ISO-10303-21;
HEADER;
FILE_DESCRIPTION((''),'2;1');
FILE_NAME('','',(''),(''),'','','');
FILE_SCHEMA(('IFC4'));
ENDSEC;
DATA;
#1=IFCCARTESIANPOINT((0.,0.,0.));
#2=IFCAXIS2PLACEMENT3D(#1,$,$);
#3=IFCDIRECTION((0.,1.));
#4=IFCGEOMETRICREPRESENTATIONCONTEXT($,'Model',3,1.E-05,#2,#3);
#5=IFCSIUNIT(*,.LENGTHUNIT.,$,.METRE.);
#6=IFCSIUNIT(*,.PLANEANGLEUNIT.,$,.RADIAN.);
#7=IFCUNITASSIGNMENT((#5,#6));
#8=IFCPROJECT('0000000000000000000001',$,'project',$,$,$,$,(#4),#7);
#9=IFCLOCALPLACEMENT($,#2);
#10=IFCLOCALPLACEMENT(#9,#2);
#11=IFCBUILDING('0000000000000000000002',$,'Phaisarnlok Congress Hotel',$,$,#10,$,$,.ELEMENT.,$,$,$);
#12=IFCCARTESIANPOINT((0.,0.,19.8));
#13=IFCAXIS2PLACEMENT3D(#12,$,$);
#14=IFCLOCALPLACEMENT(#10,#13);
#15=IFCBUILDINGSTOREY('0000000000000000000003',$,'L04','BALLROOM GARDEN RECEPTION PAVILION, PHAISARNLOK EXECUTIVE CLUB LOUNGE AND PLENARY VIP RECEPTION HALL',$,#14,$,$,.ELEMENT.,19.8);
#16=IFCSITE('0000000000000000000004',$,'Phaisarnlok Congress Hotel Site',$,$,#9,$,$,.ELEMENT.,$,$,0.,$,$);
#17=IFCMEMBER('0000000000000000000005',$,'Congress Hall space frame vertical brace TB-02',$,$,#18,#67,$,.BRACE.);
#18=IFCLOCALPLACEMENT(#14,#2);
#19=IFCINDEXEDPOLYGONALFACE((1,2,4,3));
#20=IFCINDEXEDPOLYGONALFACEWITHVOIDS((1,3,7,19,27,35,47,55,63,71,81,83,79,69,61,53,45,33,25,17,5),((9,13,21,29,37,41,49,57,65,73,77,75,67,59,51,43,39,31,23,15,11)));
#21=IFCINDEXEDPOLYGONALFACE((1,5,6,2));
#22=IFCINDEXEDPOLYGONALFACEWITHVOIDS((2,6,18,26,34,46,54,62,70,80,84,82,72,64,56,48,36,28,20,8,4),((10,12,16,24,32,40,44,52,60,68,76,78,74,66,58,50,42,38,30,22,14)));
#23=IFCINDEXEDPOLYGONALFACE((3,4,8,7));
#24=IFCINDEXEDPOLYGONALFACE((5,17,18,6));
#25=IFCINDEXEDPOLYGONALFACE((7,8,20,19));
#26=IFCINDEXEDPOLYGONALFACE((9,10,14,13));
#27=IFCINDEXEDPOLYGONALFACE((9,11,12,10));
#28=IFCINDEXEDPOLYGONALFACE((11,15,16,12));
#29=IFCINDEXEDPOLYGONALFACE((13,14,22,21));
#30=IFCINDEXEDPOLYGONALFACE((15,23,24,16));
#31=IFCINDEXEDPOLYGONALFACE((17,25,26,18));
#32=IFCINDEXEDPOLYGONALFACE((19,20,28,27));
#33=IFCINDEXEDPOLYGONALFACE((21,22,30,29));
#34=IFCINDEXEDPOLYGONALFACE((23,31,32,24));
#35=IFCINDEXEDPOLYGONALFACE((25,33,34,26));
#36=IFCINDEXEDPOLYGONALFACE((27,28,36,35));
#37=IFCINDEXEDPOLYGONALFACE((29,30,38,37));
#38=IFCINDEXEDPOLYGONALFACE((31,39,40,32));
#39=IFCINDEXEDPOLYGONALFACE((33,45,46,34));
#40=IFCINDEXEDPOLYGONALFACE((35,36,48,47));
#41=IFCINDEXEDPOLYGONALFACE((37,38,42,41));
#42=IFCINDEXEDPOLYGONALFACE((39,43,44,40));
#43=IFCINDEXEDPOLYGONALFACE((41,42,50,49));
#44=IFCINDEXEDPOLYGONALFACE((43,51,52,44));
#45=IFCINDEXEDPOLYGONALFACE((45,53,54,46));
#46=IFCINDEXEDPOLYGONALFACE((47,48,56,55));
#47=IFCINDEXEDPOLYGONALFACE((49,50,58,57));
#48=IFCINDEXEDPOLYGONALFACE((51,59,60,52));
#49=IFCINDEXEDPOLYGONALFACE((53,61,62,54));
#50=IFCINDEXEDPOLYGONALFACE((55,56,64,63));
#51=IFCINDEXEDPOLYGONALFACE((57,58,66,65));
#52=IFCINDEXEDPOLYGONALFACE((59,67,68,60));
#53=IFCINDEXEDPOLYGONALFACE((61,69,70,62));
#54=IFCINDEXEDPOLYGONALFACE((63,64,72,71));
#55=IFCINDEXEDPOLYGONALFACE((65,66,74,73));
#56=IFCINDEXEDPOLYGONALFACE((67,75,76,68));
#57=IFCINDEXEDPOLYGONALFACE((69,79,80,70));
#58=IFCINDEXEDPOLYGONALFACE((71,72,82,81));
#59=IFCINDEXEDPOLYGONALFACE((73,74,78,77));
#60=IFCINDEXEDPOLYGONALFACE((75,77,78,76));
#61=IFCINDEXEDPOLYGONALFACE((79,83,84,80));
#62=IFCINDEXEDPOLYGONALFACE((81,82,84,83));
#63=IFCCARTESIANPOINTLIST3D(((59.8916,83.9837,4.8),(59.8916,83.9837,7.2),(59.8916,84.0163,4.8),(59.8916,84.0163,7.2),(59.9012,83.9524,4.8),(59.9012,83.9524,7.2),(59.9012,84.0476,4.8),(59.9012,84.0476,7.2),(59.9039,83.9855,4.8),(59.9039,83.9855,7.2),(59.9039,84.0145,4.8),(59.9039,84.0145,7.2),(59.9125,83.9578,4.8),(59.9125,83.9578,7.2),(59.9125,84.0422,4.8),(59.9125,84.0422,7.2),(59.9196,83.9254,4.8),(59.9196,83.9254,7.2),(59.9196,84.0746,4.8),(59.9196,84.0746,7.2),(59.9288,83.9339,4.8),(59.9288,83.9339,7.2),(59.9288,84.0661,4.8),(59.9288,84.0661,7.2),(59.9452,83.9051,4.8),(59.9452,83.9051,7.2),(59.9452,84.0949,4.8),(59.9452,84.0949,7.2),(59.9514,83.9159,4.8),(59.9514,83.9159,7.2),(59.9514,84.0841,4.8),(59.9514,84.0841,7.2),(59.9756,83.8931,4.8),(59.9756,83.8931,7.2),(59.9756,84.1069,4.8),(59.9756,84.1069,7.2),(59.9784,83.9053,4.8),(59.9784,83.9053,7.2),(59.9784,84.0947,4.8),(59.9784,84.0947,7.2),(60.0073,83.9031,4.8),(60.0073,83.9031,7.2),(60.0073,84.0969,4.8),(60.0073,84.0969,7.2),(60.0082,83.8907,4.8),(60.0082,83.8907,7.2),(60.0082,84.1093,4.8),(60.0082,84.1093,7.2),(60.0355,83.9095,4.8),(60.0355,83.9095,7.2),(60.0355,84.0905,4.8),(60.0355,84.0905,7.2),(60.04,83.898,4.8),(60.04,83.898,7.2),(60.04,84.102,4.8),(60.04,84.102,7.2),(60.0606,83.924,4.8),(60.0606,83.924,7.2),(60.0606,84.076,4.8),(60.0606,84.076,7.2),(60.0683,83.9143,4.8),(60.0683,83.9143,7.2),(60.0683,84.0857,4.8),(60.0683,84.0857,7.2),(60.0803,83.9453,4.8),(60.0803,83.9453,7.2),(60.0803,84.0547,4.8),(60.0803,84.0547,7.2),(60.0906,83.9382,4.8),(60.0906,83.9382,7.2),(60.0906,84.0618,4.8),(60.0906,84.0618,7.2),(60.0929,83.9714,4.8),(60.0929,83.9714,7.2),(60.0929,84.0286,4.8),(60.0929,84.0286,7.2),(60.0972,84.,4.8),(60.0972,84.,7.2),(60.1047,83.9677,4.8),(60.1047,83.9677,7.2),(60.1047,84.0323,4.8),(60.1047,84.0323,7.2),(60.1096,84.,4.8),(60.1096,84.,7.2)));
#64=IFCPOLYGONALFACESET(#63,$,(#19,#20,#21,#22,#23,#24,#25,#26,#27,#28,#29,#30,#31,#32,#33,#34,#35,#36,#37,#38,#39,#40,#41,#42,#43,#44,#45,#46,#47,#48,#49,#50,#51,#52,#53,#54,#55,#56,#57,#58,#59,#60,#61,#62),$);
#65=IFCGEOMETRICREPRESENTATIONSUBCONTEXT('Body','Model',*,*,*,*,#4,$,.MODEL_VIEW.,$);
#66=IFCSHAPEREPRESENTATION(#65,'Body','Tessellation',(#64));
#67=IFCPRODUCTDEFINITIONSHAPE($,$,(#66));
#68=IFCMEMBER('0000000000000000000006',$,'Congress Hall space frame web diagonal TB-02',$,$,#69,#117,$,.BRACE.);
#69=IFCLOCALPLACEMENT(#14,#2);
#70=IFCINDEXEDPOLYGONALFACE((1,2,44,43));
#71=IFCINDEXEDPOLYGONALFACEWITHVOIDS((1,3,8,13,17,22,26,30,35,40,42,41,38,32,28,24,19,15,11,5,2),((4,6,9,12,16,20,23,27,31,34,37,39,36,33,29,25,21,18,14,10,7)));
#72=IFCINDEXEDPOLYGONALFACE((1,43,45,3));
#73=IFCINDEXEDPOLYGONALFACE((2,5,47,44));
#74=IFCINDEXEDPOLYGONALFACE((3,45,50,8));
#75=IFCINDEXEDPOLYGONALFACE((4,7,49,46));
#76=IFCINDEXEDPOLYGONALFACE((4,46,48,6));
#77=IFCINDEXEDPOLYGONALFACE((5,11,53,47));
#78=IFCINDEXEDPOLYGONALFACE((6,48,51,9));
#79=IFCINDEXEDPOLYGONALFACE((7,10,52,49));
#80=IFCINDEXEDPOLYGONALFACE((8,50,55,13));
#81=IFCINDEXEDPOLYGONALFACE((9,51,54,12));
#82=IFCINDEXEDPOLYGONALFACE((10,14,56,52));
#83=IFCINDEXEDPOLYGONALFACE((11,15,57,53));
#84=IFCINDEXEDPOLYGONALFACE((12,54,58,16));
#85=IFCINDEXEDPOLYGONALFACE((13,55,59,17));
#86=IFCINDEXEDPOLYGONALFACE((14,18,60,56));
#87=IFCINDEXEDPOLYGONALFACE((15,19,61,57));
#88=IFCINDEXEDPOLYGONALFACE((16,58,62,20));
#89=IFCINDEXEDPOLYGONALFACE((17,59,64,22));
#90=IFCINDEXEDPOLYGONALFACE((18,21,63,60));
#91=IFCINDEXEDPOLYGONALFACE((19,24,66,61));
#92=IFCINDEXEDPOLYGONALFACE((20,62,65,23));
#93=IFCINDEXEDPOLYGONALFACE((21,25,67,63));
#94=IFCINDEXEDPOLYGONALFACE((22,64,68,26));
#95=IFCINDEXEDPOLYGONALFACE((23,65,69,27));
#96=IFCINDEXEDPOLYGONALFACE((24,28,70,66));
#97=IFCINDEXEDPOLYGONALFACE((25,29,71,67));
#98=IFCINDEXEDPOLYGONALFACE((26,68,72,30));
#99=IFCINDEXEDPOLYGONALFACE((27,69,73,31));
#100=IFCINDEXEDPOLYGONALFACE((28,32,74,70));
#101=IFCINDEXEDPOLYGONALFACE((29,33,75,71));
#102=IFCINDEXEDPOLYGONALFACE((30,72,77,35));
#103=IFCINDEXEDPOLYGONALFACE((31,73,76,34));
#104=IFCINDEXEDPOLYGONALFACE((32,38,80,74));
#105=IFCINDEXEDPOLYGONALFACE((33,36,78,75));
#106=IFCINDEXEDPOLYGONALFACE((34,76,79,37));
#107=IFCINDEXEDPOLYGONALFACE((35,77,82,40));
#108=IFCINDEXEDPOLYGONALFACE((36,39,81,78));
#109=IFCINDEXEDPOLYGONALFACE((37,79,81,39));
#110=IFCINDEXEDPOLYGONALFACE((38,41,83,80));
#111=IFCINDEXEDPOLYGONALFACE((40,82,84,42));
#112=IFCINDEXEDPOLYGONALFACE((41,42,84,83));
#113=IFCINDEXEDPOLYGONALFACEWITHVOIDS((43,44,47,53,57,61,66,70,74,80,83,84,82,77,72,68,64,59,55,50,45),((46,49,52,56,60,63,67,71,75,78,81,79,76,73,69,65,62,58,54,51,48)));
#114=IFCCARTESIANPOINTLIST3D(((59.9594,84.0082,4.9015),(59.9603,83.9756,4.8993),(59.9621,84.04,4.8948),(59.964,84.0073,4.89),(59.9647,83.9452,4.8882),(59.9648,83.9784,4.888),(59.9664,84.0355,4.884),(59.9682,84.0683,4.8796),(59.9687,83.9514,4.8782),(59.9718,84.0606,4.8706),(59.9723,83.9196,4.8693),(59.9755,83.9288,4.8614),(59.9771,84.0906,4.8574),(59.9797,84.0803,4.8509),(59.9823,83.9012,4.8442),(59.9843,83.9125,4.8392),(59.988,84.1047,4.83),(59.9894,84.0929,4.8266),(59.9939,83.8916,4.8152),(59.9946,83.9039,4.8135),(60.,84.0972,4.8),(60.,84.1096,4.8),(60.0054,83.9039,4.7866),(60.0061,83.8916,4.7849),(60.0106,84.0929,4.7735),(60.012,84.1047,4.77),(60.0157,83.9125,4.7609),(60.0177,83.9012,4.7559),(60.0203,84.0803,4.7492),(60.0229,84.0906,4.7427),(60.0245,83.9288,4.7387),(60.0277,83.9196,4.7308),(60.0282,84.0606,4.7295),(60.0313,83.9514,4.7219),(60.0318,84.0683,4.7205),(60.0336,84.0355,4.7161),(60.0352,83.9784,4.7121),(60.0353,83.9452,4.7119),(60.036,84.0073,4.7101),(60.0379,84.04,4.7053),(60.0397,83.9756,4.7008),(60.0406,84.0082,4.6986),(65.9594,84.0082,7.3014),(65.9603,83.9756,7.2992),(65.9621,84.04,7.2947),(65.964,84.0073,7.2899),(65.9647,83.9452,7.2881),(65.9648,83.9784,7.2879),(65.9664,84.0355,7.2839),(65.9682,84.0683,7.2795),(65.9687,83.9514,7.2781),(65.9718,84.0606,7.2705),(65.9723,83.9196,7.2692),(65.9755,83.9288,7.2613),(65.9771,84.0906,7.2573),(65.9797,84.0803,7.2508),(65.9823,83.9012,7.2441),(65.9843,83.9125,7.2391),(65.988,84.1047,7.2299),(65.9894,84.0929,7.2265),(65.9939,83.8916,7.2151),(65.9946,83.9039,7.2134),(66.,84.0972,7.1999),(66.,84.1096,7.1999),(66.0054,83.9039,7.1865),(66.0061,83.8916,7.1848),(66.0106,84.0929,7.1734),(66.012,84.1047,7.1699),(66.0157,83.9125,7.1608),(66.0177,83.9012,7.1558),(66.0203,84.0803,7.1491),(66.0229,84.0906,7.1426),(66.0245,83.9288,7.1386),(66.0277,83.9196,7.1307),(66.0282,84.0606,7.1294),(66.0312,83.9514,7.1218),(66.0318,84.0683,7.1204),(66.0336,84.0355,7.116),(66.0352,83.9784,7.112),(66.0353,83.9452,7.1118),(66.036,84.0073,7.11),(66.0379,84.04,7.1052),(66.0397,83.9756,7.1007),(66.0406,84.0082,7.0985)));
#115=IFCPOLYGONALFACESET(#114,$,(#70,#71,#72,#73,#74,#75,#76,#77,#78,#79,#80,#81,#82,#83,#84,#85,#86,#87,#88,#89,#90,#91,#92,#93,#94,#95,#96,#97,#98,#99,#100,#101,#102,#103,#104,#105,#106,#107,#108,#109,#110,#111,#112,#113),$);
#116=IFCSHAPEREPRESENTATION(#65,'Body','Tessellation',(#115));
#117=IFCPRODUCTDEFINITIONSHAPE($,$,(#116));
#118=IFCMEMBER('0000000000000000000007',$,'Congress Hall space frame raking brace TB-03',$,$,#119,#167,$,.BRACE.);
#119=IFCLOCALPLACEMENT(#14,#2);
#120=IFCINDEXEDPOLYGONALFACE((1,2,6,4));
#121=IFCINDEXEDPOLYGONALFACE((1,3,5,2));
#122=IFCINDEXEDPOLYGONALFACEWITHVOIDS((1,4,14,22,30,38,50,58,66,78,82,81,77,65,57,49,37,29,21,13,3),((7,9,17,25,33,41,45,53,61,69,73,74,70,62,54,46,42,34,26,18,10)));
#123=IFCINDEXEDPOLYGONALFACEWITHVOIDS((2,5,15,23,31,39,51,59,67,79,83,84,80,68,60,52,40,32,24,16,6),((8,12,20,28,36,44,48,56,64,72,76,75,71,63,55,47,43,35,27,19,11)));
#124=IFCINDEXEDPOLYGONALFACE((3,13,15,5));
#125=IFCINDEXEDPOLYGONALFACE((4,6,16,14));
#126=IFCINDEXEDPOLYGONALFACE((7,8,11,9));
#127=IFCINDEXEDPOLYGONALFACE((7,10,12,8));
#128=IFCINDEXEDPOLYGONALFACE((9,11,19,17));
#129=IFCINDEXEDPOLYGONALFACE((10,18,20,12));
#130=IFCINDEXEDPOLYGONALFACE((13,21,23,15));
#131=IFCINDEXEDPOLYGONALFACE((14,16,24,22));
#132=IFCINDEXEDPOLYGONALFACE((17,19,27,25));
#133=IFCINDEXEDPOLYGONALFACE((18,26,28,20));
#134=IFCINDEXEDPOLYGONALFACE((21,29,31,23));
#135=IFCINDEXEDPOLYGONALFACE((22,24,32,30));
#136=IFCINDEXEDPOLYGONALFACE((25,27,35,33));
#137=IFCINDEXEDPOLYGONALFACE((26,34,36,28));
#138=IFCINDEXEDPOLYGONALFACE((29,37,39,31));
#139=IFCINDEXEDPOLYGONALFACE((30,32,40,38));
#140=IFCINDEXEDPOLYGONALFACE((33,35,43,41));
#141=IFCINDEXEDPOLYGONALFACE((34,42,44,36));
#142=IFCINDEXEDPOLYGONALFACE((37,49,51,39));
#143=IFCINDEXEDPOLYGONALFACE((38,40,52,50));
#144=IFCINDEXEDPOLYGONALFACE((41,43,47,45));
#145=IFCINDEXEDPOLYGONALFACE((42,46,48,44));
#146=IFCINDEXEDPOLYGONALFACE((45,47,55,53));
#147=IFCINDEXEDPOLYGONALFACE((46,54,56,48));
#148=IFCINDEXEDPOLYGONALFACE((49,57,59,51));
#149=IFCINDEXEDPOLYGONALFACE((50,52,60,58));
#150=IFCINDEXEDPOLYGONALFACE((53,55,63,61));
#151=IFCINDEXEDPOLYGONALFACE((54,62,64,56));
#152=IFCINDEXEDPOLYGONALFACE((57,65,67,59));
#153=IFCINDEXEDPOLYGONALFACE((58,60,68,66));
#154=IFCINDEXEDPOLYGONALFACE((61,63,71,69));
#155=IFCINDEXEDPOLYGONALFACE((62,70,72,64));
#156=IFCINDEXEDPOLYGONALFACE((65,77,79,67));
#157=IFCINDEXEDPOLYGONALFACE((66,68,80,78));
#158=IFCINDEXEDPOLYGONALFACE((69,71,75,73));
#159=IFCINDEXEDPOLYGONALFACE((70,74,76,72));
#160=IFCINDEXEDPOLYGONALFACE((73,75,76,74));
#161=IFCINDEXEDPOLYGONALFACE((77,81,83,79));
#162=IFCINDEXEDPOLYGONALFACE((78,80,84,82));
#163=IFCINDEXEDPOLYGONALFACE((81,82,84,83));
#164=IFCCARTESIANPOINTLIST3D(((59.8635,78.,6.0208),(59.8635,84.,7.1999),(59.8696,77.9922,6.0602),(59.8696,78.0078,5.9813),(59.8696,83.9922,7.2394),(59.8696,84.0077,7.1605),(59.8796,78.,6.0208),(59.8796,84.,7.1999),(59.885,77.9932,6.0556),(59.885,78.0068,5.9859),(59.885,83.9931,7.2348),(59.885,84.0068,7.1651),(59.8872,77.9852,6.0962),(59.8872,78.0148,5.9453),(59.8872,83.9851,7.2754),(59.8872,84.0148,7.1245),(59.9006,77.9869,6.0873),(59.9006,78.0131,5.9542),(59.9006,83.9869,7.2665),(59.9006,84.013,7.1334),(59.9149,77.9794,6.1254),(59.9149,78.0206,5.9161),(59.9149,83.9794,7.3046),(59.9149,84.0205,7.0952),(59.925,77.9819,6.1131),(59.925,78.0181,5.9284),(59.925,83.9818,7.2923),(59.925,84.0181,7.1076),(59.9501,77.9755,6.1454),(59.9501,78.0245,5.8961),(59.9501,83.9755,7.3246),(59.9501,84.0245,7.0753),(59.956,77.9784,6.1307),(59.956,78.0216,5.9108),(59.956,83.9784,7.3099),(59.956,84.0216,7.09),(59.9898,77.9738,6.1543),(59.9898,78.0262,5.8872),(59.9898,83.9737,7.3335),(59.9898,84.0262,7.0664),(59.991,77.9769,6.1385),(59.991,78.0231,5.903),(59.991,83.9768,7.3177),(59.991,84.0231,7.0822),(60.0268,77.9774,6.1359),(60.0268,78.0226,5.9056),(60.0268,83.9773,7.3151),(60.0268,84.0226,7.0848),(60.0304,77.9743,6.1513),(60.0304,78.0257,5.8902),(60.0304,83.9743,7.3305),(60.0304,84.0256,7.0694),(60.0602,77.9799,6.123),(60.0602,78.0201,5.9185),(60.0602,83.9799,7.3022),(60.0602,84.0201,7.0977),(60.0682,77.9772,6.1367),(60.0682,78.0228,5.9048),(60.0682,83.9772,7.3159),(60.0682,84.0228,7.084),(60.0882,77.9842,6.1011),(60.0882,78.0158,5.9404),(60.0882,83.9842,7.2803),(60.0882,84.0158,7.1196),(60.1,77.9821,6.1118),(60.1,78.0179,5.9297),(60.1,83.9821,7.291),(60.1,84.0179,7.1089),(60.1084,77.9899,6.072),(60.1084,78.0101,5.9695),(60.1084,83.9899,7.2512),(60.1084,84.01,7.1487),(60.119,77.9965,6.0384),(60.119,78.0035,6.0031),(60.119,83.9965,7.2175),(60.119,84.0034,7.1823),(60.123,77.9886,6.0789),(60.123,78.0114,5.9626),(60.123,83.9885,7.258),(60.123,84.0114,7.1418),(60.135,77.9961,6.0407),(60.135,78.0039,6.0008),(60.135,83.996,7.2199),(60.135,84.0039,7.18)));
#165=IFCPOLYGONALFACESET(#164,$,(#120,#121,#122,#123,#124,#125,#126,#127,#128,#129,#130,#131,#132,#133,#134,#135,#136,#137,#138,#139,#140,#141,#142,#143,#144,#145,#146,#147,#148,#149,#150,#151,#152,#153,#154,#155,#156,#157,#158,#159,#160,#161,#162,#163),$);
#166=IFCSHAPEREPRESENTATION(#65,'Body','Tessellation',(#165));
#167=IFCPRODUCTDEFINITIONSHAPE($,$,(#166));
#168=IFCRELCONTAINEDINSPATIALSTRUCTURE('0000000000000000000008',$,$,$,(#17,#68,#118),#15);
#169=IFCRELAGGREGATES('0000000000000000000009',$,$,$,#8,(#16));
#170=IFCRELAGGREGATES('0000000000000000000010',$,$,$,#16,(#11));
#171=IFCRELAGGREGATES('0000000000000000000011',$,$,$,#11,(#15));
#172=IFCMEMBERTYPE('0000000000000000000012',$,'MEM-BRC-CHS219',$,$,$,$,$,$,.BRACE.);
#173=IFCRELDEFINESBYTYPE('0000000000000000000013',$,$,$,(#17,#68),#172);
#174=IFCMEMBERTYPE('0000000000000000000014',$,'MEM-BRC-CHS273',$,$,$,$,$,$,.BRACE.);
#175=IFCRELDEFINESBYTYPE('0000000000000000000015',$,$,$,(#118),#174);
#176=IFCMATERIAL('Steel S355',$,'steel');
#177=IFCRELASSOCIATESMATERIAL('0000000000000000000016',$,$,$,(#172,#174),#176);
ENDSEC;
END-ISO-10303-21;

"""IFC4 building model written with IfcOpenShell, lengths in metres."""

from ifc_helpers import new_model, si_unit, direction, frame, origin, origin_2d, place, context, subcontext, project, spatial, hollow_circle, extrude, material, material_profile, profile_set, type_object, element, save


model = new_model("IFC4")

# Units and contexts
model_context = context("Model", 3, precision=1e-05, world=origin(), true_north=direction((0.0, 1.0)))
body_context = subcontext(model_context, "Body", "Model", "MODEL_VIEW")
ifc_project = project(units=[si_unit("LENGTHUNIT", "METRE"), si_unit("PLANEANGLEUNIT", "RADIAN")], contexts=[model_context])

# Site, building, storey
site_placement = place(None, origin())
site = spatial("IfcSite", under=ifc_project, at=site_placement, Name="Phaisarnlok Congress Hotel Site", CompositionType="ELEMENT", RefElevation=0.0)
building_placement = place(site_placement, origin())
building = spatial("IfcBuilding", under=site, at=building_placement, Name="Phaisarnlok Congress Hotel", CompositionType="ELEMENT")
storey_placement = place(building_placement, frame((0.0, 0.0, 19.8)))
storey = spatial("IfcBuildingStorey", under=building, at=storey_placement, Name="L04", Description="BALLROOM GARDEN RECEPTION PAVILION, PHAISARNLOK EXECUTIVE CLUB LOUNGE AND PLENARY VIP RECEPTION HALL", CompositionType="ELEMENT", Elevation=19.8)

# Shared definitions
ifc_material_1 = material(Name="Steel S355", Category="steel")

# Members
ifc_material_profile_1 = material_profile(ifc_material_1, hollow_circle(Radius=0.1096, WallThickness=0.0125, at=origin_2d()), Name="CHS 219.1x12.5")
ifc_profile_set_1 = profile_set([ifc_material_profile_1], Name="Steel S355")
member_type_1 = type_object("IfcMemberType", Name="MEM-BRC-CHS219", PredefinedType="BRACE", material=ifc_profile_set_1)
member_1_placement = place(storey_placement, frame((60.0, 84.0, 4.8), z_axis=(0.0, 0.0, 1.0), x_axis=(1.0, 0.0, 0.0)))
element("IfcMember", 1, at=member_1_placement, inside=storey, type_object=member_type_1, Name="Congress Hall space frame vertical brace TB-02", PredefinedType="BRACE", context=body_context, shape_type="SweptSolid", body=[
    extrude(hollow_circle(Radius=0.1096, WallThickness=0.0125, at=origin_2d()), origin(), (0.0, 0.0, 1.0), 2.3999),
])
member_2_placement = place(storey_placement, frame((60.0, 84.0, 4.8), z_axis=(0.928482, 0.0, 0.371378), x_axis=(0.0, 1.0, 0.0)))
element("IfcMember", 2, at=member_2_placement, inside=storey, type_object=member_type_1, Name="Congress Hall space frame web diagonal TB-02", PredefinedType="BRACE", context=body_context, shape_type="SweptSolid", body=[
    extrude(hollow_circle(Radius=0.1096, WallThickness=0.0125, at=origin_2d()), origin(), (0.0, 0.0, 1.0), 6.4622),
])
ifc_material_profile_2 = material_profile(ifc_material_1, hollow_circle(Radius=0.1365, WallThickness=0.0161, at=origin_2d()), Name="CHS 273x16")
ifc_profile_set_2 = profile_set([ifc_material_profile_2], Name="Steel S355")
member_type_2 = type_object("IfcMemberType", Name="MEM-BRC-CHS273", PredefinedType="BRACE", material=ifc_profile_set_2)
member_3_placement = place(storey_placement, frame((60.0, 78.0, 6.0208), z_axis=(0.0, 0.981229, 0.192844), x_axis=(-1.0, 0.0, 0.0)))
element("IfcMember", 3, at=member_3_placement, inside=storey, type_object=member_type_2, Name="Congress Hall space frame raking brace TB-03", PredefinedType="BRACE", context=body_context, shape_type="SweptSolid", body=[
    extrude(hollow_circle(Radius=0.1365, WallThickness=0.0161, at=origin_2d()), origin(), (0.0, 0.0, 1.0), 6.1147),
])

save(model, "model.ifc")
